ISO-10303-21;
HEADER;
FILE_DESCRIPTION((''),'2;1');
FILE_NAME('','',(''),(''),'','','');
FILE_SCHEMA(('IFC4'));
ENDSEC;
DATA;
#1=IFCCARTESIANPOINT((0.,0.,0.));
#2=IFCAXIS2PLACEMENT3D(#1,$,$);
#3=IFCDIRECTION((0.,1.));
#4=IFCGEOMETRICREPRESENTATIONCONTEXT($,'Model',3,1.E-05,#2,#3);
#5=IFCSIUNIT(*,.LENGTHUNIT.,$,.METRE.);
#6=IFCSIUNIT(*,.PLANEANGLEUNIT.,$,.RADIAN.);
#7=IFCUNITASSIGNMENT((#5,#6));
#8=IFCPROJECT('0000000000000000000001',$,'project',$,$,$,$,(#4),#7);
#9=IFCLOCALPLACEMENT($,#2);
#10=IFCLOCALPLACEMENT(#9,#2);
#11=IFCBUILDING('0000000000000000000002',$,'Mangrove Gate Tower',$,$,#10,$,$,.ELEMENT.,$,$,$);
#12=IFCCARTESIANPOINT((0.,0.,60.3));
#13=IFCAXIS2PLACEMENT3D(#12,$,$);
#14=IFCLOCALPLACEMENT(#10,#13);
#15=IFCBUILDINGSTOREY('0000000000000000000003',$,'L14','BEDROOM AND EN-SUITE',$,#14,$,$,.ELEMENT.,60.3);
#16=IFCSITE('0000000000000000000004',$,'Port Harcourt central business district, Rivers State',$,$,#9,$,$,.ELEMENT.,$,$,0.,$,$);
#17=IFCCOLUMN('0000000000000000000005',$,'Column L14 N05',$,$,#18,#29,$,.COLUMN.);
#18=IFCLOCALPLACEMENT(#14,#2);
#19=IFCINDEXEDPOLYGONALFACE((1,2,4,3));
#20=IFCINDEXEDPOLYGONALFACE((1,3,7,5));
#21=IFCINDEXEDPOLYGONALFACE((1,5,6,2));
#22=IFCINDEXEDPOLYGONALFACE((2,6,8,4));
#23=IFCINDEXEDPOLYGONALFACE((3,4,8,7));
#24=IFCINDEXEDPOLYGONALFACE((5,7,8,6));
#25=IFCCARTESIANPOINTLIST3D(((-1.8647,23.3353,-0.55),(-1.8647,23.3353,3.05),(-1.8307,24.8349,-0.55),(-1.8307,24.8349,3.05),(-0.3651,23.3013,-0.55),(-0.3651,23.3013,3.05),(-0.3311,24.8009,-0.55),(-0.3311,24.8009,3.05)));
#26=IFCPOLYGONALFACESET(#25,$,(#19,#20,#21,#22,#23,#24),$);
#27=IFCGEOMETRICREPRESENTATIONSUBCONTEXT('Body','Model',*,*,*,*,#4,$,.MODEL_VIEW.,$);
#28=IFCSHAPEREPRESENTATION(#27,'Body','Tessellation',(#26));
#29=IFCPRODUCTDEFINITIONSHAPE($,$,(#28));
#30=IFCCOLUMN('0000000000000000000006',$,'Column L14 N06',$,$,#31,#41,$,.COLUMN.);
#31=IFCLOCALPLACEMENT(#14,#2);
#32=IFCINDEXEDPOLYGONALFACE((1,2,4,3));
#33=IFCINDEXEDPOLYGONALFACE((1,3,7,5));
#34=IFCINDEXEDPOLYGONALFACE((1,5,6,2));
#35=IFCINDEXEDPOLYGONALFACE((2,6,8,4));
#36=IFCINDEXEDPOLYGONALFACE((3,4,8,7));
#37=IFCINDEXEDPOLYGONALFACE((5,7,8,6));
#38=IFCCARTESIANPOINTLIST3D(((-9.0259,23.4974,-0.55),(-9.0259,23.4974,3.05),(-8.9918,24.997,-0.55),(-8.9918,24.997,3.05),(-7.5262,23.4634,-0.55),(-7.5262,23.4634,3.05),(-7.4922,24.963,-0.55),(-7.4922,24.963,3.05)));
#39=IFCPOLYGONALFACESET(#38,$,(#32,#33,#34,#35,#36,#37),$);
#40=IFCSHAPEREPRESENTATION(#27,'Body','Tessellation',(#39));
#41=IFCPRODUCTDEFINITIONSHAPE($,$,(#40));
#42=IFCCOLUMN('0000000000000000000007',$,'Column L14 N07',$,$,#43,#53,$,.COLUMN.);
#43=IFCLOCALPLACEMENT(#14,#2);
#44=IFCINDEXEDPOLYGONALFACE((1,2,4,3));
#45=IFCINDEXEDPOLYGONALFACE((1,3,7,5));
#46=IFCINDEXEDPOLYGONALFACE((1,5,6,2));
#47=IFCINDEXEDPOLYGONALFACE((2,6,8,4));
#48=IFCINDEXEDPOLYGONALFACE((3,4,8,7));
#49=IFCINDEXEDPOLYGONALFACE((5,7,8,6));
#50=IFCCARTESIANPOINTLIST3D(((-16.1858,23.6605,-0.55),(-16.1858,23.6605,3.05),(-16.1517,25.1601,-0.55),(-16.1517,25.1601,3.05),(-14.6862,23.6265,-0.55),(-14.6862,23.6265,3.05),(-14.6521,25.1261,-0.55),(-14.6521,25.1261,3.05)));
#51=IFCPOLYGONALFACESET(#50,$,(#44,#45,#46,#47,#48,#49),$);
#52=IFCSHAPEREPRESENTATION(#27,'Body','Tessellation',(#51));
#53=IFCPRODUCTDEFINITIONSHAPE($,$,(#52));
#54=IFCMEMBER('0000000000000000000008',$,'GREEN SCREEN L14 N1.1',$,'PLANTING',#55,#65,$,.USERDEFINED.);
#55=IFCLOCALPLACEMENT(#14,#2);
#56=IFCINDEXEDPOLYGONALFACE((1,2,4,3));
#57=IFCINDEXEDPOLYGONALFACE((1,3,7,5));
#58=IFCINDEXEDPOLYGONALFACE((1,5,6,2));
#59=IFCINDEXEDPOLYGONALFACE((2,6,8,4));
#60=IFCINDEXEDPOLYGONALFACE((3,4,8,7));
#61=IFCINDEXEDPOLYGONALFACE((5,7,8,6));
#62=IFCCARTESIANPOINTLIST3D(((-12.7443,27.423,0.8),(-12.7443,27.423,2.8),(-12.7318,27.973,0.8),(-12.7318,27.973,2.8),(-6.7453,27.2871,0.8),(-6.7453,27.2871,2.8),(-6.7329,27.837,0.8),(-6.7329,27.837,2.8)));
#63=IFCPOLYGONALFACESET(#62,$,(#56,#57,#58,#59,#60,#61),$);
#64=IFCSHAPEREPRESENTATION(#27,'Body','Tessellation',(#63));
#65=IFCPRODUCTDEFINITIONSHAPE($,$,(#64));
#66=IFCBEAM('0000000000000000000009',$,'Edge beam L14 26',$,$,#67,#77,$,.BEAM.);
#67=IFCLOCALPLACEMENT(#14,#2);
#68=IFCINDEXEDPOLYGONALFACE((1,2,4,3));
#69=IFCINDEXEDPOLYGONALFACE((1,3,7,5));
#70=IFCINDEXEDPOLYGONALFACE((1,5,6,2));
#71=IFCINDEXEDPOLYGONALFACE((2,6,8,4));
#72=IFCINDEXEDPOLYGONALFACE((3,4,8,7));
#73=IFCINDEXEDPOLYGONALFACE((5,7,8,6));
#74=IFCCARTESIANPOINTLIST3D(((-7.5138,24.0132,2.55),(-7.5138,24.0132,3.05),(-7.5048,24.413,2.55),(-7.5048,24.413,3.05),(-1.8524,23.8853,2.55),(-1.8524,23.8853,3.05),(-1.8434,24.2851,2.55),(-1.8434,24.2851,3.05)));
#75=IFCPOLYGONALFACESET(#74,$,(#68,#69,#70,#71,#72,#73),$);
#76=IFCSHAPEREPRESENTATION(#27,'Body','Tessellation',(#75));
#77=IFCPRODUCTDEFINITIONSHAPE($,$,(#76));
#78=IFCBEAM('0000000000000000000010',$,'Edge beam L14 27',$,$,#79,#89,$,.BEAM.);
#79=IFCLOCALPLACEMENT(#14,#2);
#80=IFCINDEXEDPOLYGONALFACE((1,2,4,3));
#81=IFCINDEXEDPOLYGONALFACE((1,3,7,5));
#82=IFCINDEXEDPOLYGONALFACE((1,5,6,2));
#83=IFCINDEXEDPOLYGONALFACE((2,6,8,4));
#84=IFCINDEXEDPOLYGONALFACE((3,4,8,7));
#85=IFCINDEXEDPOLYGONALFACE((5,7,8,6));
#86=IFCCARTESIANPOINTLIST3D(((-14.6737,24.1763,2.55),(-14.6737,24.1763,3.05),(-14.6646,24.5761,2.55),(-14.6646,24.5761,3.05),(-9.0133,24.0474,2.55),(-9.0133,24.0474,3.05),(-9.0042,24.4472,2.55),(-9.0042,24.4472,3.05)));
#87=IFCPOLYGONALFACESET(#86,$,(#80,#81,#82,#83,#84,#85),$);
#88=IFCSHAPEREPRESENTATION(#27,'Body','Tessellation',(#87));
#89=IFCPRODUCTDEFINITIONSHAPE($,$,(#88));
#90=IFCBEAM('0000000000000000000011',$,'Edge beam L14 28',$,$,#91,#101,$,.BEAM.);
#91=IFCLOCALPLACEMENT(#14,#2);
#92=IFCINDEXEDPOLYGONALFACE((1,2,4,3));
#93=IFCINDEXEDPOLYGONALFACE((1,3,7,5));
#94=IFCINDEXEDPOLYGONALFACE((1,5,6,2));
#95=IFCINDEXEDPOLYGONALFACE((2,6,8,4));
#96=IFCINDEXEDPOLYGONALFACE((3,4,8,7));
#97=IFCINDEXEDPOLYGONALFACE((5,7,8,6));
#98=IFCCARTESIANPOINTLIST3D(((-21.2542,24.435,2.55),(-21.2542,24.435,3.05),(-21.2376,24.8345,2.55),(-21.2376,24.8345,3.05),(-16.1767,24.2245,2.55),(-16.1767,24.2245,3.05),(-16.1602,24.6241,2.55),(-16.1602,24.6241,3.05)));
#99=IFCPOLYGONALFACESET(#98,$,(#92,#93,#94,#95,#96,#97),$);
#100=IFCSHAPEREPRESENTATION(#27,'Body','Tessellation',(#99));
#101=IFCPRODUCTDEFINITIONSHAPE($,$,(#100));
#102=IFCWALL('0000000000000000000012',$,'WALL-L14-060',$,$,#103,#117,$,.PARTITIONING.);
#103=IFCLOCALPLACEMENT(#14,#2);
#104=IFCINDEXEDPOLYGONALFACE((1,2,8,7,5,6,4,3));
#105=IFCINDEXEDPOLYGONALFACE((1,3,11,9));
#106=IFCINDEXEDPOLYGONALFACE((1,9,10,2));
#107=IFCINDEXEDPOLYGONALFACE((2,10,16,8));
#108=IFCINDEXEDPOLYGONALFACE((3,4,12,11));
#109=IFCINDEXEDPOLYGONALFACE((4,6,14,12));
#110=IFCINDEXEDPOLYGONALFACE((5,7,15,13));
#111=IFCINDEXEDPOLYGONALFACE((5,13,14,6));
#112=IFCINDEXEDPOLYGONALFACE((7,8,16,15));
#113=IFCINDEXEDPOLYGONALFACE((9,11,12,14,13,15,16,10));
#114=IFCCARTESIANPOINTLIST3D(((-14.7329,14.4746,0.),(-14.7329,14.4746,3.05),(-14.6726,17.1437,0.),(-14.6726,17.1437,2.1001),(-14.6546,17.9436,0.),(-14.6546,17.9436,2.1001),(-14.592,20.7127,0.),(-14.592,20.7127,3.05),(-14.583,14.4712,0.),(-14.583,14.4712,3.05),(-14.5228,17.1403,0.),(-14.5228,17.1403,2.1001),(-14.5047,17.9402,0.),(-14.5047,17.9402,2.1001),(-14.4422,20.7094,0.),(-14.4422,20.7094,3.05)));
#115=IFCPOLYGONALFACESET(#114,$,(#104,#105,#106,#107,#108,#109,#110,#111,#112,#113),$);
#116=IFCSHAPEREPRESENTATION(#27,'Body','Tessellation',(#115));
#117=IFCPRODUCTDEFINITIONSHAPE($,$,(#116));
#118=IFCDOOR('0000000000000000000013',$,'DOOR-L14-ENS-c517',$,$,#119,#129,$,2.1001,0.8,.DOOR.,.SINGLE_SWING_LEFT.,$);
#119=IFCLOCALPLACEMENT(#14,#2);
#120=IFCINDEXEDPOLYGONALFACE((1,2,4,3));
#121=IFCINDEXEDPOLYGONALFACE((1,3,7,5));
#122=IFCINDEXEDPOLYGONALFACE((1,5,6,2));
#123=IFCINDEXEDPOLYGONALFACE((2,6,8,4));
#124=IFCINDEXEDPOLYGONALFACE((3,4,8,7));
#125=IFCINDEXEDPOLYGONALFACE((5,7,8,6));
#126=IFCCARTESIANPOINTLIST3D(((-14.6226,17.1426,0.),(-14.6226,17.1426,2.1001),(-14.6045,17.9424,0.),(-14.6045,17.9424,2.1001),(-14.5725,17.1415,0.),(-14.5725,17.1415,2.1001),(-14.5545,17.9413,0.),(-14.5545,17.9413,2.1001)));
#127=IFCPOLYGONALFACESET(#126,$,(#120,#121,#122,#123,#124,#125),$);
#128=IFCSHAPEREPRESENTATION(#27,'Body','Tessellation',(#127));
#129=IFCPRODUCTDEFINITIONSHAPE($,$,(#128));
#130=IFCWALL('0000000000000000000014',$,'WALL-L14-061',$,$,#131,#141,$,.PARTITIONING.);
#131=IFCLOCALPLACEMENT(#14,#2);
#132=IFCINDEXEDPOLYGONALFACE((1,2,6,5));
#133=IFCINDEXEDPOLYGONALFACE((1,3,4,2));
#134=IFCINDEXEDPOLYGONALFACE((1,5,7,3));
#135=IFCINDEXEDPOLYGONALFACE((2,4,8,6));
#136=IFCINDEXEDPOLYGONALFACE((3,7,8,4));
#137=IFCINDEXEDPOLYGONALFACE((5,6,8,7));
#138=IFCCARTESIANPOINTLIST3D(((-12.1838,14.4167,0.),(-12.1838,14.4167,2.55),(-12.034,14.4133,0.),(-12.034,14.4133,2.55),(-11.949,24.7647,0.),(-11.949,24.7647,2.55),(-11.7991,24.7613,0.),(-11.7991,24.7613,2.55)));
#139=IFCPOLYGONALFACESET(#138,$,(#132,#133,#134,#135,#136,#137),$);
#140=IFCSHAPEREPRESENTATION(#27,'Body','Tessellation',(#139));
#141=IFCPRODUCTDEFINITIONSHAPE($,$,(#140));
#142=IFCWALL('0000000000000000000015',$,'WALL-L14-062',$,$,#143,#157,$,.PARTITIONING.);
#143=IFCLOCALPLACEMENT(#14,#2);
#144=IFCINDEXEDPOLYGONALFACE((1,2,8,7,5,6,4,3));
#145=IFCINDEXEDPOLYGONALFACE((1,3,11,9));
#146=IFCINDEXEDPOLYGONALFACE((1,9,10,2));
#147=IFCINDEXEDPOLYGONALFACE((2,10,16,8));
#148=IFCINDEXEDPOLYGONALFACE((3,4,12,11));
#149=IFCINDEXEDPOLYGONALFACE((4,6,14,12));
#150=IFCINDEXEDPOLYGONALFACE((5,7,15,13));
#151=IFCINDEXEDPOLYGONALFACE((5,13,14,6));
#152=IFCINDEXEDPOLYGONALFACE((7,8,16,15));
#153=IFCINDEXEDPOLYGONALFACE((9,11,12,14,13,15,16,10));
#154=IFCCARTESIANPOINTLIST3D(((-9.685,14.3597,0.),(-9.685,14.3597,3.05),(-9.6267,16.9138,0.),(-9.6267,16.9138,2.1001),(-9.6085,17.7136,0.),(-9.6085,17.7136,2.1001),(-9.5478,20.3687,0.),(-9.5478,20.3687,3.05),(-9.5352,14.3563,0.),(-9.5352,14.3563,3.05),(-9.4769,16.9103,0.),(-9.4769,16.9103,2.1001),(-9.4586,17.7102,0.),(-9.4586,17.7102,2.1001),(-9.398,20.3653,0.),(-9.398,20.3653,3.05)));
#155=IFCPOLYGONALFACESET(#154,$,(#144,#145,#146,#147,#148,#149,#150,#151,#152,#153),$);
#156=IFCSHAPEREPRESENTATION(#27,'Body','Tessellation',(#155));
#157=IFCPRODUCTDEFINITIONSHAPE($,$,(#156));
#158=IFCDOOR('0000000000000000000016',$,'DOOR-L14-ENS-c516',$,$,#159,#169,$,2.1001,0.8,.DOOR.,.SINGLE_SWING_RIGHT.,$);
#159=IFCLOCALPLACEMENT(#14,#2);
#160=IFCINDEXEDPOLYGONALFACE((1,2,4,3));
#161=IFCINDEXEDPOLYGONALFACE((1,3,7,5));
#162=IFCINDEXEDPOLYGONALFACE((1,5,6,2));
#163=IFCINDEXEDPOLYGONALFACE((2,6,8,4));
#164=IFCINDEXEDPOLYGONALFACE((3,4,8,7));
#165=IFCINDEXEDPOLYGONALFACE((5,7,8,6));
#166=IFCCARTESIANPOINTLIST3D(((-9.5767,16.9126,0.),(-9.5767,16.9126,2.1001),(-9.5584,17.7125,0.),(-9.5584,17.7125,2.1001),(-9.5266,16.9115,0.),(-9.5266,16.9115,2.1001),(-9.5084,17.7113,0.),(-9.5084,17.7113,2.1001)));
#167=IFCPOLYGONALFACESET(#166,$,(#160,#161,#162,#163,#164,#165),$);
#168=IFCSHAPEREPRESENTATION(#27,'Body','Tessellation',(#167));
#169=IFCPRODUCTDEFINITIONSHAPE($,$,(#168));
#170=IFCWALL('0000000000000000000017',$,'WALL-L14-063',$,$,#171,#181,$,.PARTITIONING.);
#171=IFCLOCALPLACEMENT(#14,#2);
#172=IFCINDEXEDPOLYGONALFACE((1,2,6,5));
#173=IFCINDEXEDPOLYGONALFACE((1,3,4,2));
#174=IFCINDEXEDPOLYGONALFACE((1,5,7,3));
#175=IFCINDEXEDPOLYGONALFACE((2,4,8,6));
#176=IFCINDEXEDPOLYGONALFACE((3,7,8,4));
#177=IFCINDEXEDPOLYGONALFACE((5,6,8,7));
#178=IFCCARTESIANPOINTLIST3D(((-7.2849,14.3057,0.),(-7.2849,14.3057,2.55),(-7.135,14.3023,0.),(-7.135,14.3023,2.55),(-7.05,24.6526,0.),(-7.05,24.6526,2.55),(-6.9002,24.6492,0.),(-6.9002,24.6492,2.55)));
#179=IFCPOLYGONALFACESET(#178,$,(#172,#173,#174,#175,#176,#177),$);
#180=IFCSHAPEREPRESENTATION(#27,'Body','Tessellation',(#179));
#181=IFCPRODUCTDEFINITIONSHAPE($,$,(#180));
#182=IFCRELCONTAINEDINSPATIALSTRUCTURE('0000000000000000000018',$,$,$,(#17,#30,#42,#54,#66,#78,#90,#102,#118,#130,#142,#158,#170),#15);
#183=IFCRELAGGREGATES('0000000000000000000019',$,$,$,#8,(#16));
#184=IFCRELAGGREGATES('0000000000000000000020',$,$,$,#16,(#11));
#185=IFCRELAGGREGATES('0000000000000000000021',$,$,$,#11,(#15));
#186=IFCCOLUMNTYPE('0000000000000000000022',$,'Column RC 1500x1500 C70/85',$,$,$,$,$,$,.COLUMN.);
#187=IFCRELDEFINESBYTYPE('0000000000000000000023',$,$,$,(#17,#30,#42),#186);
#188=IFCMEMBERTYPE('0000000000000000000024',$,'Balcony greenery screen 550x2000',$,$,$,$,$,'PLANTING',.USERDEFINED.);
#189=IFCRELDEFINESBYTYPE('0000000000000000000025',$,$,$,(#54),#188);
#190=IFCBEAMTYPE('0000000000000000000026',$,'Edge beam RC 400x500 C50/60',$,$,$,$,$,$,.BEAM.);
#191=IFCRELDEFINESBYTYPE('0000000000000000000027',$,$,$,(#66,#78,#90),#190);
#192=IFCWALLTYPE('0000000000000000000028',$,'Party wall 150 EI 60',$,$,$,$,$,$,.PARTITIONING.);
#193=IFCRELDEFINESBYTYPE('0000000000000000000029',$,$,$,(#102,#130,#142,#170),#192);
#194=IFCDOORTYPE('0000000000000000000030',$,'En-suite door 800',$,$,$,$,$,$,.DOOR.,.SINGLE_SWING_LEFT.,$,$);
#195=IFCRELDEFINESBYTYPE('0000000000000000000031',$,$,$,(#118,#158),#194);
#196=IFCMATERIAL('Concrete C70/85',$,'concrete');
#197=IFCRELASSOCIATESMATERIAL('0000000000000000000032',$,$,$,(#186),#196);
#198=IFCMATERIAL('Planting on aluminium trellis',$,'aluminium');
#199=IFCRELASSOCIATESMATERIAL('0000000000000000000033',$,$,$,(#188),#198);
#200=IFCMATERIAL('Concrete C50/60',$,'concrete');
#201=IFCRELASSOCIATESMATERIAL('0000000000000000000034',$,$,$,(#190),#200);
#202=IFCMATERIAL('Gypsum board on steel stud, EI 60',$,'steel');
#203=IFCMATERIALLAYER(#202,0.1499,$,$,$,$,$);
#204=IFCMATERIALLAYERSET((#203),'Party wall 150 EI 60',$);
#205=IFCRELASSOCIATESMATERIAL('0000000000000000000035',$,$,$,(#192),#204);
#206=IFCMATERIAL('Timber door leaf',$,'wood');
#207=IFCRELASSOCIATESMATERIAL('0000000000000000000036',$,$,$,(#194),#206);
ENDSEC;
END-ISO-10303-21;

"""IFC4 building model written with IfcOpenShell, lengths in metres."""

from ifc_helpers import new_model, si_unit, direction, frame, frame_2d, origin, origin_2d, place, context, subcontext, project, spatial, rectangle, extrude, material, layer, layer_set, material_profile, profile_set, type_object, element, fill, save


model = new_model("IFC4")

# Units and contexts
model_context = context("Model", 3, precision=1e-05, world=origin(), true_north=direction((0.0, 1.0)))
body_context = subcontext(model_context, "Body", "Model", "MODEL_VIEW")
ifc_project = project(units=[si_unit("LENGTHUNIT", "METRE"), si_unit("PLANEANGLEUNIT", "RADIAN")], contexts=[model_context])

# Site, building, storey
site_placement = place(None, origin())
site = spatial("IfcSite", under=ifc_project, at=site_placement, Name="Port Harcourt central business district, Rivers State", CompositionType="ELEMENT", RefElevation=0.0)
building_placement = place(site_placement, origin())
building = spatial("IfcBuilding", under=site, at=building_placement, Name="Mangrove Gate Tower", CompositionType="ELEMENT")
storey_placement = place(building_placement, frame((0.0, 0.0, 60.3)))
storey = spatial("IfcBuildingStorey", under=building, at=storey_placement, Name="L14", Description="BEDROOM AND EN-SUITE", CompositionType="ELEMENT", Elevation=60.3)

# Columns
ifc_material_1 = material(Name="Concrete C70/85", Category="concrete")
ifc_material_profile_1 = material_profile(ifc_material_1, rectangle(XDim=1.5, YDim=1.5, at=origin_2d()))
ifc_profile_set_1 = profile_set([ifc_material_profile_1], Name="Concrete C70/85")
column_type = type_object("IfcColumnType", Name="Column RC 1500x1500 C70/85", PredefinedType="COLUMN", material=ifc_profile_set_1)
for number, where, z_axis, x_axis, name in (
    (1, (-1.0979, 24.0681, -0.55), (0.0, 0.0, 1.0), (-0.999743, 0.022688, 0.0), "Column L14 N05"),
    (2, (-8.259, 24.2302, -0.55), (0.0, 0.0, 1.0), (-0.999743, 0.022688, 0.0), "Column L14 N06"),
    (3, (-15.4189, 24.3933, -0.55), (0.0, 0.0, 1.0), (-0.999743, 0.022688, 0.0), "Column L14 N07"),
):
    element("IfcColumn", number, at=place(storey_placement, frame(where, z_axis=z_axis, x_axis=x_axis)), inside=storey, type_object=column_type, Name=name, PredefinedType="COLUMN", context=body_context, shape_type="SweptSolid", body=[
        extrude(rectangle(XDim=1.5, YDim=1.5, at=origin_2d()), origin(), (0.0, 0.0, 1.0), 3.6001),
    ])

# Member
ifc_material_2 = material(Name="Planting on aluminium trellis", Category="aluminium")
ifc_material_profile_2 = material_profile(ifc_material_2, rectangle(XDim=0.55, YDim=2.0, at=origin_2d()))
ifc_profile_set_2 = profile_set([ifc_material_profile_2], Name="Planting on aluminium trellis")
member_type = type_object("IfcMemberType", Name="Balcony greenery screen 550x2000", ElementType="PLANTING", PredefinedType="USERDEFINED", material=ifc_profile_set_2)
member_placement = place(storey_placement, frame((-12.738, 27.698, 1.8), z_axis=(0.999743, -0.022662, 0.0), x_axis=(0.022662, 0.999743, 0.0)))
element("IfcMember", 4, at=member_placement, inside=storey, type_object=member_type, Name="GREEN SCREEN L14 N1.1", ObjectType="PLANTING", PredefinedType="USERDEFINED", context=body_context, shape_type="SweptSolid", body=[
    extrude(rectangle(XDim=0.55, YDim=2.0, at=origin_2d()), origin(), (0.0, 0.0, 1.0), 6.0005),
])

# Beams
ifc_material_3 = material(Name="Concrete C50/60", Category="concrete")
ifc_material_profile_3 = material_profile(ifc_material_3, rectangle(XDim=0.3999, YDim=0.5, at=origin_2d()))
ifc_profile_set_3 = profile_set([ifc_material_profile_3], Name="Concrete C50/60")
beam_type = type_object("IfcBeamType", Name="Edge beam RC 400x500 C50/60", PredefinedType="BEAM", material=ifc_profile_set_3)
beam_1_placement = place(storey_placement, frame((-1.8479, 24.0852, 2.8), z_axis=(-0.999745, 0.022591, 0.0), x_axis=(-0.022591, -0.999745, 0.0)))
element("IfcBeam", 5, at=beam_1_placement, inside=storey, type_object=beam_type, Name="Edge beam L14 26", PredefinedType="BEAM", context=body_context, shape_type="SweptSolid", body=[
    extrude(rectangle(XDim=0.3999, YDim=0.5, at=origin_2d()), origin(), (0.0, 0.0, 1.0), 5.6628),
])
beam_2_placement = place(storey_placement, frame((-9.0088, 24.2473, 2.8), z_axis=(-0.999741, 0.022767, 0.0), x_axis=(-0.022767, -0.999741, 0.0)))
element("IfcBeam", 6, at=beam_2_placement, inside=storey, type_object=beam_type, Name="Edge beam L14 27", PredefinedType="BEAM", context=body_context, shape_type="SweptSolid", body=[
    extrude(rectangle(XDim=0.3999, YDim=0.5, at=origin_2d()), origin(), (0.0, 0.0, 1.0), 5.6619),
])
beam_3_placement = place(storey_placement, frame((-16.1685, 24.4243, 2.8), z_axis=(-0.999142, 0.041413, 0.0), x_axis=(-0.041413, -0.999142, 0.0)))
element("IfcBeam", 7, at=beam_3_placement, inside=storey, type_object=beam_type, Name="Edge beam L14 28", PredefinedType="BEAM", context=body_context, shape_type="SweptSolid", body=[
    extrude(rectangle(XDim=0.3999, YDim=0.5, at=origin_2d()), origin(), (0.0, 0.0, 1.0), 5.0818),
])

# Wall, opening, door
ifc_material_4 = material(Name="Gypsum board on steel stud, EI 60", Category="steel")
ifc_layer_1 = layer(ifc_material_4, 0.1499)
ifc_layer_set_1 = layer_set([ifc_layer_1], Name="Party wall 150 EI 60")
wall_type_1 = type_object("IfcWallType", Name="Party wall 150 EI 60", PredefinedType="PARTITIONING", material=ifc_layer_set_1)
wall_1_placement = place(storey_placement, frame((-14.658, 14.4729, 0.0), z_axis=(0.0, 0.0, 1.0), x_axis=(0.022577, 0.999745, 0.0)))
wall_1 = element("IfcWall", 8, at=wall_1_placement, inside=storey, type_object=wall_type_1, Name="WALL-L14-060", PredefinedType="PARTITIONING", context=body_context, shape_type="SweptSolid", body=[
    extrude(rectangle(XDim=6.2397, YDim=0.1499, at=frame_2d((3.1199, 0.0))), origin(), (0.0, 0.0, 1.0), 3.05),
])
opening_1_placement = place(wall_1_placement, frame((2.6699, 0.0, 0.0)))
opening_1 = element("IfcOpeningElement", 9, at=opening_1_placement, cuts=wall_1, PredefinedType="OPENING", context=body_context, shape_type="SweptSolid", body=[
    extrude(rectangle(XDim=0.8, YDim=2.1001, at=frame_2d((0.3999, 1.05))), frame((0.0, 0.085, 0.0), z_axis=(0.0, -1.0, 0.0), x_axis=(1.0, 0.0, 0.0)), (0.0, 0.0, 1.0), 0.1699),
])
ifc_material_5 = material(Name="Timber door leaf", Category="wood")
door_type = type_object("IfcDoorType", Name="En-suite door 800", OperationType="SINGLE_SWING_LEFT", PredefinedType="DOOR", material=ifc_material_5)
door_1_placement = place(opening_1_placement, origin())
door_1 = element("IfcDoor", 10, at=door_1_placement, inside=storey, type_object=door_type, Name="DOOR-L14-ENS-c517", OperationType="SINGLE_SWING_LEFT", OverallHeight=2.1001, OverallWidth=0.8, PredefinedType="DOOR", context=body_context, shape_type="SweptSolid", body=[
    extrude(rectangle(XDim=0.8, YDim=2.1001, at=frame_2d((0.3999, 1.05))), frame((0.0, 0.0249, 0.0), z_axis=(0.0, -1.0, 0.0), x_axis=(1.0, 0.0, 0.0)), (0.0, 0.0, 1.0), 0.05),
])
fill(opening_1, door_1)

# Wall
wall_2_placement = place(storey_placement, frame((-12.1089, 14.415, 0.0), z_axis=(0.0, 0.0, 1.0), x_axis=(0.022691, 0.999743, 0.0)))
element("IfcWall", 11, at=wall_2_placement, inside=storey, type_object=wall_type_1, Name="WALL-L14-061", PredefinedType="PARTITIONING", context=body_context, shape_type="SweptSolid", body=[
    extrude(rectangle(XDim=10.3506, YDim=0.1499, at=frame_2d((5.1753, 0.0))), origin(), (0.0, 0.0, 1.0), 2.55),
])

# Wall, opening, door
wall_3_placement = place(storey_placement, frame((-9.6101, 14.3579, 0.0), z_axis=(0.0, 0.0, 1.0), x_axis=(0.022828, 0.999739, 0.0)))
wall_3 = element("IfcWall", 12, at=wall_3_placement, inside=storey, type_object=wall_type_1, Name="WALL-L14-062", PredefinedType="PARTITIONING", context=body_context, shape_type="SweptSolid", body=[
    extrude(rectangle(XDim=6.0105, YDim=0.1499, at=frame_2d((3.0054, 0.0))), origin(), (0.0, 0.0, 1.0), 3.05),
])
opening_2_placement = place(wall_3_placement, frame((2.5549, 0.0, 0.0)))
opening_2 = element("IfcOpeningElement", 13, at=opening_2_placement, cuts=wall_3, PredefinedType="OPENING", context=body_context, shape_type="SweptSolid", body=[
    extrude(rectangle(XDim=0.8, YDim=2.1001, at=frame_2d((0.3999, 1.05))), frame((0.0, 0.085, 0.0), z_axis=(0.0, -1.0, 0.0), x_axis=(1.0, 0.0, 0.0)), (0.0, 0.0, 1.0), 0.1699),
])
door_2_placement = place(opening_2_placement, origin())
door_2 = element("IfcDoor", 14, at=door_2_placement, inside=storey, type_object=door_type, Name="DOOR-L14-ENS-c516", OperationType="SINGLE_SWING_RIGHT", OverallHeight=2.1001, OverallWidth=0.8, PredefinedType="DOOR", context=body_context, shape_type="SweptSolid", body=[
    extrude(rectangle(XDim=0.8, YDim=2.1001, at=frame_2d((0.3999, 1.05))), frame((0.0, 0.0249, 0.0), z_axis=(0.0, -1.0, 0.0), x_axis=(1.0, 0.0, 0.0)), (0.0, 0.0, 1.0), 0.05),
])
fill(opening_2, door_2)

# Wall
wall_4_placement = place(storey_placement, frame((-7.21, 14.304, 0.0), z_axis=(0.0, 0.0, 1.0), x_axis=(0.022693, 0.999742, 0.0)))
element("IfcWall", 15, at=wall_4_placement, inside=storey, type_object=wall_type_1, Name="WALL-L14-063", PredefinedType="PARTITIONING", context=body_context, shape_type="SweptSolid", body=[
    extrude(rectangle(XDim=10.3496, YDim=0.1499, at=frame_2d((5.1748, 0.0))), origin(), (0.0, 0.0, 1.0), 2.55),
])

save(model, "model.ifc")
